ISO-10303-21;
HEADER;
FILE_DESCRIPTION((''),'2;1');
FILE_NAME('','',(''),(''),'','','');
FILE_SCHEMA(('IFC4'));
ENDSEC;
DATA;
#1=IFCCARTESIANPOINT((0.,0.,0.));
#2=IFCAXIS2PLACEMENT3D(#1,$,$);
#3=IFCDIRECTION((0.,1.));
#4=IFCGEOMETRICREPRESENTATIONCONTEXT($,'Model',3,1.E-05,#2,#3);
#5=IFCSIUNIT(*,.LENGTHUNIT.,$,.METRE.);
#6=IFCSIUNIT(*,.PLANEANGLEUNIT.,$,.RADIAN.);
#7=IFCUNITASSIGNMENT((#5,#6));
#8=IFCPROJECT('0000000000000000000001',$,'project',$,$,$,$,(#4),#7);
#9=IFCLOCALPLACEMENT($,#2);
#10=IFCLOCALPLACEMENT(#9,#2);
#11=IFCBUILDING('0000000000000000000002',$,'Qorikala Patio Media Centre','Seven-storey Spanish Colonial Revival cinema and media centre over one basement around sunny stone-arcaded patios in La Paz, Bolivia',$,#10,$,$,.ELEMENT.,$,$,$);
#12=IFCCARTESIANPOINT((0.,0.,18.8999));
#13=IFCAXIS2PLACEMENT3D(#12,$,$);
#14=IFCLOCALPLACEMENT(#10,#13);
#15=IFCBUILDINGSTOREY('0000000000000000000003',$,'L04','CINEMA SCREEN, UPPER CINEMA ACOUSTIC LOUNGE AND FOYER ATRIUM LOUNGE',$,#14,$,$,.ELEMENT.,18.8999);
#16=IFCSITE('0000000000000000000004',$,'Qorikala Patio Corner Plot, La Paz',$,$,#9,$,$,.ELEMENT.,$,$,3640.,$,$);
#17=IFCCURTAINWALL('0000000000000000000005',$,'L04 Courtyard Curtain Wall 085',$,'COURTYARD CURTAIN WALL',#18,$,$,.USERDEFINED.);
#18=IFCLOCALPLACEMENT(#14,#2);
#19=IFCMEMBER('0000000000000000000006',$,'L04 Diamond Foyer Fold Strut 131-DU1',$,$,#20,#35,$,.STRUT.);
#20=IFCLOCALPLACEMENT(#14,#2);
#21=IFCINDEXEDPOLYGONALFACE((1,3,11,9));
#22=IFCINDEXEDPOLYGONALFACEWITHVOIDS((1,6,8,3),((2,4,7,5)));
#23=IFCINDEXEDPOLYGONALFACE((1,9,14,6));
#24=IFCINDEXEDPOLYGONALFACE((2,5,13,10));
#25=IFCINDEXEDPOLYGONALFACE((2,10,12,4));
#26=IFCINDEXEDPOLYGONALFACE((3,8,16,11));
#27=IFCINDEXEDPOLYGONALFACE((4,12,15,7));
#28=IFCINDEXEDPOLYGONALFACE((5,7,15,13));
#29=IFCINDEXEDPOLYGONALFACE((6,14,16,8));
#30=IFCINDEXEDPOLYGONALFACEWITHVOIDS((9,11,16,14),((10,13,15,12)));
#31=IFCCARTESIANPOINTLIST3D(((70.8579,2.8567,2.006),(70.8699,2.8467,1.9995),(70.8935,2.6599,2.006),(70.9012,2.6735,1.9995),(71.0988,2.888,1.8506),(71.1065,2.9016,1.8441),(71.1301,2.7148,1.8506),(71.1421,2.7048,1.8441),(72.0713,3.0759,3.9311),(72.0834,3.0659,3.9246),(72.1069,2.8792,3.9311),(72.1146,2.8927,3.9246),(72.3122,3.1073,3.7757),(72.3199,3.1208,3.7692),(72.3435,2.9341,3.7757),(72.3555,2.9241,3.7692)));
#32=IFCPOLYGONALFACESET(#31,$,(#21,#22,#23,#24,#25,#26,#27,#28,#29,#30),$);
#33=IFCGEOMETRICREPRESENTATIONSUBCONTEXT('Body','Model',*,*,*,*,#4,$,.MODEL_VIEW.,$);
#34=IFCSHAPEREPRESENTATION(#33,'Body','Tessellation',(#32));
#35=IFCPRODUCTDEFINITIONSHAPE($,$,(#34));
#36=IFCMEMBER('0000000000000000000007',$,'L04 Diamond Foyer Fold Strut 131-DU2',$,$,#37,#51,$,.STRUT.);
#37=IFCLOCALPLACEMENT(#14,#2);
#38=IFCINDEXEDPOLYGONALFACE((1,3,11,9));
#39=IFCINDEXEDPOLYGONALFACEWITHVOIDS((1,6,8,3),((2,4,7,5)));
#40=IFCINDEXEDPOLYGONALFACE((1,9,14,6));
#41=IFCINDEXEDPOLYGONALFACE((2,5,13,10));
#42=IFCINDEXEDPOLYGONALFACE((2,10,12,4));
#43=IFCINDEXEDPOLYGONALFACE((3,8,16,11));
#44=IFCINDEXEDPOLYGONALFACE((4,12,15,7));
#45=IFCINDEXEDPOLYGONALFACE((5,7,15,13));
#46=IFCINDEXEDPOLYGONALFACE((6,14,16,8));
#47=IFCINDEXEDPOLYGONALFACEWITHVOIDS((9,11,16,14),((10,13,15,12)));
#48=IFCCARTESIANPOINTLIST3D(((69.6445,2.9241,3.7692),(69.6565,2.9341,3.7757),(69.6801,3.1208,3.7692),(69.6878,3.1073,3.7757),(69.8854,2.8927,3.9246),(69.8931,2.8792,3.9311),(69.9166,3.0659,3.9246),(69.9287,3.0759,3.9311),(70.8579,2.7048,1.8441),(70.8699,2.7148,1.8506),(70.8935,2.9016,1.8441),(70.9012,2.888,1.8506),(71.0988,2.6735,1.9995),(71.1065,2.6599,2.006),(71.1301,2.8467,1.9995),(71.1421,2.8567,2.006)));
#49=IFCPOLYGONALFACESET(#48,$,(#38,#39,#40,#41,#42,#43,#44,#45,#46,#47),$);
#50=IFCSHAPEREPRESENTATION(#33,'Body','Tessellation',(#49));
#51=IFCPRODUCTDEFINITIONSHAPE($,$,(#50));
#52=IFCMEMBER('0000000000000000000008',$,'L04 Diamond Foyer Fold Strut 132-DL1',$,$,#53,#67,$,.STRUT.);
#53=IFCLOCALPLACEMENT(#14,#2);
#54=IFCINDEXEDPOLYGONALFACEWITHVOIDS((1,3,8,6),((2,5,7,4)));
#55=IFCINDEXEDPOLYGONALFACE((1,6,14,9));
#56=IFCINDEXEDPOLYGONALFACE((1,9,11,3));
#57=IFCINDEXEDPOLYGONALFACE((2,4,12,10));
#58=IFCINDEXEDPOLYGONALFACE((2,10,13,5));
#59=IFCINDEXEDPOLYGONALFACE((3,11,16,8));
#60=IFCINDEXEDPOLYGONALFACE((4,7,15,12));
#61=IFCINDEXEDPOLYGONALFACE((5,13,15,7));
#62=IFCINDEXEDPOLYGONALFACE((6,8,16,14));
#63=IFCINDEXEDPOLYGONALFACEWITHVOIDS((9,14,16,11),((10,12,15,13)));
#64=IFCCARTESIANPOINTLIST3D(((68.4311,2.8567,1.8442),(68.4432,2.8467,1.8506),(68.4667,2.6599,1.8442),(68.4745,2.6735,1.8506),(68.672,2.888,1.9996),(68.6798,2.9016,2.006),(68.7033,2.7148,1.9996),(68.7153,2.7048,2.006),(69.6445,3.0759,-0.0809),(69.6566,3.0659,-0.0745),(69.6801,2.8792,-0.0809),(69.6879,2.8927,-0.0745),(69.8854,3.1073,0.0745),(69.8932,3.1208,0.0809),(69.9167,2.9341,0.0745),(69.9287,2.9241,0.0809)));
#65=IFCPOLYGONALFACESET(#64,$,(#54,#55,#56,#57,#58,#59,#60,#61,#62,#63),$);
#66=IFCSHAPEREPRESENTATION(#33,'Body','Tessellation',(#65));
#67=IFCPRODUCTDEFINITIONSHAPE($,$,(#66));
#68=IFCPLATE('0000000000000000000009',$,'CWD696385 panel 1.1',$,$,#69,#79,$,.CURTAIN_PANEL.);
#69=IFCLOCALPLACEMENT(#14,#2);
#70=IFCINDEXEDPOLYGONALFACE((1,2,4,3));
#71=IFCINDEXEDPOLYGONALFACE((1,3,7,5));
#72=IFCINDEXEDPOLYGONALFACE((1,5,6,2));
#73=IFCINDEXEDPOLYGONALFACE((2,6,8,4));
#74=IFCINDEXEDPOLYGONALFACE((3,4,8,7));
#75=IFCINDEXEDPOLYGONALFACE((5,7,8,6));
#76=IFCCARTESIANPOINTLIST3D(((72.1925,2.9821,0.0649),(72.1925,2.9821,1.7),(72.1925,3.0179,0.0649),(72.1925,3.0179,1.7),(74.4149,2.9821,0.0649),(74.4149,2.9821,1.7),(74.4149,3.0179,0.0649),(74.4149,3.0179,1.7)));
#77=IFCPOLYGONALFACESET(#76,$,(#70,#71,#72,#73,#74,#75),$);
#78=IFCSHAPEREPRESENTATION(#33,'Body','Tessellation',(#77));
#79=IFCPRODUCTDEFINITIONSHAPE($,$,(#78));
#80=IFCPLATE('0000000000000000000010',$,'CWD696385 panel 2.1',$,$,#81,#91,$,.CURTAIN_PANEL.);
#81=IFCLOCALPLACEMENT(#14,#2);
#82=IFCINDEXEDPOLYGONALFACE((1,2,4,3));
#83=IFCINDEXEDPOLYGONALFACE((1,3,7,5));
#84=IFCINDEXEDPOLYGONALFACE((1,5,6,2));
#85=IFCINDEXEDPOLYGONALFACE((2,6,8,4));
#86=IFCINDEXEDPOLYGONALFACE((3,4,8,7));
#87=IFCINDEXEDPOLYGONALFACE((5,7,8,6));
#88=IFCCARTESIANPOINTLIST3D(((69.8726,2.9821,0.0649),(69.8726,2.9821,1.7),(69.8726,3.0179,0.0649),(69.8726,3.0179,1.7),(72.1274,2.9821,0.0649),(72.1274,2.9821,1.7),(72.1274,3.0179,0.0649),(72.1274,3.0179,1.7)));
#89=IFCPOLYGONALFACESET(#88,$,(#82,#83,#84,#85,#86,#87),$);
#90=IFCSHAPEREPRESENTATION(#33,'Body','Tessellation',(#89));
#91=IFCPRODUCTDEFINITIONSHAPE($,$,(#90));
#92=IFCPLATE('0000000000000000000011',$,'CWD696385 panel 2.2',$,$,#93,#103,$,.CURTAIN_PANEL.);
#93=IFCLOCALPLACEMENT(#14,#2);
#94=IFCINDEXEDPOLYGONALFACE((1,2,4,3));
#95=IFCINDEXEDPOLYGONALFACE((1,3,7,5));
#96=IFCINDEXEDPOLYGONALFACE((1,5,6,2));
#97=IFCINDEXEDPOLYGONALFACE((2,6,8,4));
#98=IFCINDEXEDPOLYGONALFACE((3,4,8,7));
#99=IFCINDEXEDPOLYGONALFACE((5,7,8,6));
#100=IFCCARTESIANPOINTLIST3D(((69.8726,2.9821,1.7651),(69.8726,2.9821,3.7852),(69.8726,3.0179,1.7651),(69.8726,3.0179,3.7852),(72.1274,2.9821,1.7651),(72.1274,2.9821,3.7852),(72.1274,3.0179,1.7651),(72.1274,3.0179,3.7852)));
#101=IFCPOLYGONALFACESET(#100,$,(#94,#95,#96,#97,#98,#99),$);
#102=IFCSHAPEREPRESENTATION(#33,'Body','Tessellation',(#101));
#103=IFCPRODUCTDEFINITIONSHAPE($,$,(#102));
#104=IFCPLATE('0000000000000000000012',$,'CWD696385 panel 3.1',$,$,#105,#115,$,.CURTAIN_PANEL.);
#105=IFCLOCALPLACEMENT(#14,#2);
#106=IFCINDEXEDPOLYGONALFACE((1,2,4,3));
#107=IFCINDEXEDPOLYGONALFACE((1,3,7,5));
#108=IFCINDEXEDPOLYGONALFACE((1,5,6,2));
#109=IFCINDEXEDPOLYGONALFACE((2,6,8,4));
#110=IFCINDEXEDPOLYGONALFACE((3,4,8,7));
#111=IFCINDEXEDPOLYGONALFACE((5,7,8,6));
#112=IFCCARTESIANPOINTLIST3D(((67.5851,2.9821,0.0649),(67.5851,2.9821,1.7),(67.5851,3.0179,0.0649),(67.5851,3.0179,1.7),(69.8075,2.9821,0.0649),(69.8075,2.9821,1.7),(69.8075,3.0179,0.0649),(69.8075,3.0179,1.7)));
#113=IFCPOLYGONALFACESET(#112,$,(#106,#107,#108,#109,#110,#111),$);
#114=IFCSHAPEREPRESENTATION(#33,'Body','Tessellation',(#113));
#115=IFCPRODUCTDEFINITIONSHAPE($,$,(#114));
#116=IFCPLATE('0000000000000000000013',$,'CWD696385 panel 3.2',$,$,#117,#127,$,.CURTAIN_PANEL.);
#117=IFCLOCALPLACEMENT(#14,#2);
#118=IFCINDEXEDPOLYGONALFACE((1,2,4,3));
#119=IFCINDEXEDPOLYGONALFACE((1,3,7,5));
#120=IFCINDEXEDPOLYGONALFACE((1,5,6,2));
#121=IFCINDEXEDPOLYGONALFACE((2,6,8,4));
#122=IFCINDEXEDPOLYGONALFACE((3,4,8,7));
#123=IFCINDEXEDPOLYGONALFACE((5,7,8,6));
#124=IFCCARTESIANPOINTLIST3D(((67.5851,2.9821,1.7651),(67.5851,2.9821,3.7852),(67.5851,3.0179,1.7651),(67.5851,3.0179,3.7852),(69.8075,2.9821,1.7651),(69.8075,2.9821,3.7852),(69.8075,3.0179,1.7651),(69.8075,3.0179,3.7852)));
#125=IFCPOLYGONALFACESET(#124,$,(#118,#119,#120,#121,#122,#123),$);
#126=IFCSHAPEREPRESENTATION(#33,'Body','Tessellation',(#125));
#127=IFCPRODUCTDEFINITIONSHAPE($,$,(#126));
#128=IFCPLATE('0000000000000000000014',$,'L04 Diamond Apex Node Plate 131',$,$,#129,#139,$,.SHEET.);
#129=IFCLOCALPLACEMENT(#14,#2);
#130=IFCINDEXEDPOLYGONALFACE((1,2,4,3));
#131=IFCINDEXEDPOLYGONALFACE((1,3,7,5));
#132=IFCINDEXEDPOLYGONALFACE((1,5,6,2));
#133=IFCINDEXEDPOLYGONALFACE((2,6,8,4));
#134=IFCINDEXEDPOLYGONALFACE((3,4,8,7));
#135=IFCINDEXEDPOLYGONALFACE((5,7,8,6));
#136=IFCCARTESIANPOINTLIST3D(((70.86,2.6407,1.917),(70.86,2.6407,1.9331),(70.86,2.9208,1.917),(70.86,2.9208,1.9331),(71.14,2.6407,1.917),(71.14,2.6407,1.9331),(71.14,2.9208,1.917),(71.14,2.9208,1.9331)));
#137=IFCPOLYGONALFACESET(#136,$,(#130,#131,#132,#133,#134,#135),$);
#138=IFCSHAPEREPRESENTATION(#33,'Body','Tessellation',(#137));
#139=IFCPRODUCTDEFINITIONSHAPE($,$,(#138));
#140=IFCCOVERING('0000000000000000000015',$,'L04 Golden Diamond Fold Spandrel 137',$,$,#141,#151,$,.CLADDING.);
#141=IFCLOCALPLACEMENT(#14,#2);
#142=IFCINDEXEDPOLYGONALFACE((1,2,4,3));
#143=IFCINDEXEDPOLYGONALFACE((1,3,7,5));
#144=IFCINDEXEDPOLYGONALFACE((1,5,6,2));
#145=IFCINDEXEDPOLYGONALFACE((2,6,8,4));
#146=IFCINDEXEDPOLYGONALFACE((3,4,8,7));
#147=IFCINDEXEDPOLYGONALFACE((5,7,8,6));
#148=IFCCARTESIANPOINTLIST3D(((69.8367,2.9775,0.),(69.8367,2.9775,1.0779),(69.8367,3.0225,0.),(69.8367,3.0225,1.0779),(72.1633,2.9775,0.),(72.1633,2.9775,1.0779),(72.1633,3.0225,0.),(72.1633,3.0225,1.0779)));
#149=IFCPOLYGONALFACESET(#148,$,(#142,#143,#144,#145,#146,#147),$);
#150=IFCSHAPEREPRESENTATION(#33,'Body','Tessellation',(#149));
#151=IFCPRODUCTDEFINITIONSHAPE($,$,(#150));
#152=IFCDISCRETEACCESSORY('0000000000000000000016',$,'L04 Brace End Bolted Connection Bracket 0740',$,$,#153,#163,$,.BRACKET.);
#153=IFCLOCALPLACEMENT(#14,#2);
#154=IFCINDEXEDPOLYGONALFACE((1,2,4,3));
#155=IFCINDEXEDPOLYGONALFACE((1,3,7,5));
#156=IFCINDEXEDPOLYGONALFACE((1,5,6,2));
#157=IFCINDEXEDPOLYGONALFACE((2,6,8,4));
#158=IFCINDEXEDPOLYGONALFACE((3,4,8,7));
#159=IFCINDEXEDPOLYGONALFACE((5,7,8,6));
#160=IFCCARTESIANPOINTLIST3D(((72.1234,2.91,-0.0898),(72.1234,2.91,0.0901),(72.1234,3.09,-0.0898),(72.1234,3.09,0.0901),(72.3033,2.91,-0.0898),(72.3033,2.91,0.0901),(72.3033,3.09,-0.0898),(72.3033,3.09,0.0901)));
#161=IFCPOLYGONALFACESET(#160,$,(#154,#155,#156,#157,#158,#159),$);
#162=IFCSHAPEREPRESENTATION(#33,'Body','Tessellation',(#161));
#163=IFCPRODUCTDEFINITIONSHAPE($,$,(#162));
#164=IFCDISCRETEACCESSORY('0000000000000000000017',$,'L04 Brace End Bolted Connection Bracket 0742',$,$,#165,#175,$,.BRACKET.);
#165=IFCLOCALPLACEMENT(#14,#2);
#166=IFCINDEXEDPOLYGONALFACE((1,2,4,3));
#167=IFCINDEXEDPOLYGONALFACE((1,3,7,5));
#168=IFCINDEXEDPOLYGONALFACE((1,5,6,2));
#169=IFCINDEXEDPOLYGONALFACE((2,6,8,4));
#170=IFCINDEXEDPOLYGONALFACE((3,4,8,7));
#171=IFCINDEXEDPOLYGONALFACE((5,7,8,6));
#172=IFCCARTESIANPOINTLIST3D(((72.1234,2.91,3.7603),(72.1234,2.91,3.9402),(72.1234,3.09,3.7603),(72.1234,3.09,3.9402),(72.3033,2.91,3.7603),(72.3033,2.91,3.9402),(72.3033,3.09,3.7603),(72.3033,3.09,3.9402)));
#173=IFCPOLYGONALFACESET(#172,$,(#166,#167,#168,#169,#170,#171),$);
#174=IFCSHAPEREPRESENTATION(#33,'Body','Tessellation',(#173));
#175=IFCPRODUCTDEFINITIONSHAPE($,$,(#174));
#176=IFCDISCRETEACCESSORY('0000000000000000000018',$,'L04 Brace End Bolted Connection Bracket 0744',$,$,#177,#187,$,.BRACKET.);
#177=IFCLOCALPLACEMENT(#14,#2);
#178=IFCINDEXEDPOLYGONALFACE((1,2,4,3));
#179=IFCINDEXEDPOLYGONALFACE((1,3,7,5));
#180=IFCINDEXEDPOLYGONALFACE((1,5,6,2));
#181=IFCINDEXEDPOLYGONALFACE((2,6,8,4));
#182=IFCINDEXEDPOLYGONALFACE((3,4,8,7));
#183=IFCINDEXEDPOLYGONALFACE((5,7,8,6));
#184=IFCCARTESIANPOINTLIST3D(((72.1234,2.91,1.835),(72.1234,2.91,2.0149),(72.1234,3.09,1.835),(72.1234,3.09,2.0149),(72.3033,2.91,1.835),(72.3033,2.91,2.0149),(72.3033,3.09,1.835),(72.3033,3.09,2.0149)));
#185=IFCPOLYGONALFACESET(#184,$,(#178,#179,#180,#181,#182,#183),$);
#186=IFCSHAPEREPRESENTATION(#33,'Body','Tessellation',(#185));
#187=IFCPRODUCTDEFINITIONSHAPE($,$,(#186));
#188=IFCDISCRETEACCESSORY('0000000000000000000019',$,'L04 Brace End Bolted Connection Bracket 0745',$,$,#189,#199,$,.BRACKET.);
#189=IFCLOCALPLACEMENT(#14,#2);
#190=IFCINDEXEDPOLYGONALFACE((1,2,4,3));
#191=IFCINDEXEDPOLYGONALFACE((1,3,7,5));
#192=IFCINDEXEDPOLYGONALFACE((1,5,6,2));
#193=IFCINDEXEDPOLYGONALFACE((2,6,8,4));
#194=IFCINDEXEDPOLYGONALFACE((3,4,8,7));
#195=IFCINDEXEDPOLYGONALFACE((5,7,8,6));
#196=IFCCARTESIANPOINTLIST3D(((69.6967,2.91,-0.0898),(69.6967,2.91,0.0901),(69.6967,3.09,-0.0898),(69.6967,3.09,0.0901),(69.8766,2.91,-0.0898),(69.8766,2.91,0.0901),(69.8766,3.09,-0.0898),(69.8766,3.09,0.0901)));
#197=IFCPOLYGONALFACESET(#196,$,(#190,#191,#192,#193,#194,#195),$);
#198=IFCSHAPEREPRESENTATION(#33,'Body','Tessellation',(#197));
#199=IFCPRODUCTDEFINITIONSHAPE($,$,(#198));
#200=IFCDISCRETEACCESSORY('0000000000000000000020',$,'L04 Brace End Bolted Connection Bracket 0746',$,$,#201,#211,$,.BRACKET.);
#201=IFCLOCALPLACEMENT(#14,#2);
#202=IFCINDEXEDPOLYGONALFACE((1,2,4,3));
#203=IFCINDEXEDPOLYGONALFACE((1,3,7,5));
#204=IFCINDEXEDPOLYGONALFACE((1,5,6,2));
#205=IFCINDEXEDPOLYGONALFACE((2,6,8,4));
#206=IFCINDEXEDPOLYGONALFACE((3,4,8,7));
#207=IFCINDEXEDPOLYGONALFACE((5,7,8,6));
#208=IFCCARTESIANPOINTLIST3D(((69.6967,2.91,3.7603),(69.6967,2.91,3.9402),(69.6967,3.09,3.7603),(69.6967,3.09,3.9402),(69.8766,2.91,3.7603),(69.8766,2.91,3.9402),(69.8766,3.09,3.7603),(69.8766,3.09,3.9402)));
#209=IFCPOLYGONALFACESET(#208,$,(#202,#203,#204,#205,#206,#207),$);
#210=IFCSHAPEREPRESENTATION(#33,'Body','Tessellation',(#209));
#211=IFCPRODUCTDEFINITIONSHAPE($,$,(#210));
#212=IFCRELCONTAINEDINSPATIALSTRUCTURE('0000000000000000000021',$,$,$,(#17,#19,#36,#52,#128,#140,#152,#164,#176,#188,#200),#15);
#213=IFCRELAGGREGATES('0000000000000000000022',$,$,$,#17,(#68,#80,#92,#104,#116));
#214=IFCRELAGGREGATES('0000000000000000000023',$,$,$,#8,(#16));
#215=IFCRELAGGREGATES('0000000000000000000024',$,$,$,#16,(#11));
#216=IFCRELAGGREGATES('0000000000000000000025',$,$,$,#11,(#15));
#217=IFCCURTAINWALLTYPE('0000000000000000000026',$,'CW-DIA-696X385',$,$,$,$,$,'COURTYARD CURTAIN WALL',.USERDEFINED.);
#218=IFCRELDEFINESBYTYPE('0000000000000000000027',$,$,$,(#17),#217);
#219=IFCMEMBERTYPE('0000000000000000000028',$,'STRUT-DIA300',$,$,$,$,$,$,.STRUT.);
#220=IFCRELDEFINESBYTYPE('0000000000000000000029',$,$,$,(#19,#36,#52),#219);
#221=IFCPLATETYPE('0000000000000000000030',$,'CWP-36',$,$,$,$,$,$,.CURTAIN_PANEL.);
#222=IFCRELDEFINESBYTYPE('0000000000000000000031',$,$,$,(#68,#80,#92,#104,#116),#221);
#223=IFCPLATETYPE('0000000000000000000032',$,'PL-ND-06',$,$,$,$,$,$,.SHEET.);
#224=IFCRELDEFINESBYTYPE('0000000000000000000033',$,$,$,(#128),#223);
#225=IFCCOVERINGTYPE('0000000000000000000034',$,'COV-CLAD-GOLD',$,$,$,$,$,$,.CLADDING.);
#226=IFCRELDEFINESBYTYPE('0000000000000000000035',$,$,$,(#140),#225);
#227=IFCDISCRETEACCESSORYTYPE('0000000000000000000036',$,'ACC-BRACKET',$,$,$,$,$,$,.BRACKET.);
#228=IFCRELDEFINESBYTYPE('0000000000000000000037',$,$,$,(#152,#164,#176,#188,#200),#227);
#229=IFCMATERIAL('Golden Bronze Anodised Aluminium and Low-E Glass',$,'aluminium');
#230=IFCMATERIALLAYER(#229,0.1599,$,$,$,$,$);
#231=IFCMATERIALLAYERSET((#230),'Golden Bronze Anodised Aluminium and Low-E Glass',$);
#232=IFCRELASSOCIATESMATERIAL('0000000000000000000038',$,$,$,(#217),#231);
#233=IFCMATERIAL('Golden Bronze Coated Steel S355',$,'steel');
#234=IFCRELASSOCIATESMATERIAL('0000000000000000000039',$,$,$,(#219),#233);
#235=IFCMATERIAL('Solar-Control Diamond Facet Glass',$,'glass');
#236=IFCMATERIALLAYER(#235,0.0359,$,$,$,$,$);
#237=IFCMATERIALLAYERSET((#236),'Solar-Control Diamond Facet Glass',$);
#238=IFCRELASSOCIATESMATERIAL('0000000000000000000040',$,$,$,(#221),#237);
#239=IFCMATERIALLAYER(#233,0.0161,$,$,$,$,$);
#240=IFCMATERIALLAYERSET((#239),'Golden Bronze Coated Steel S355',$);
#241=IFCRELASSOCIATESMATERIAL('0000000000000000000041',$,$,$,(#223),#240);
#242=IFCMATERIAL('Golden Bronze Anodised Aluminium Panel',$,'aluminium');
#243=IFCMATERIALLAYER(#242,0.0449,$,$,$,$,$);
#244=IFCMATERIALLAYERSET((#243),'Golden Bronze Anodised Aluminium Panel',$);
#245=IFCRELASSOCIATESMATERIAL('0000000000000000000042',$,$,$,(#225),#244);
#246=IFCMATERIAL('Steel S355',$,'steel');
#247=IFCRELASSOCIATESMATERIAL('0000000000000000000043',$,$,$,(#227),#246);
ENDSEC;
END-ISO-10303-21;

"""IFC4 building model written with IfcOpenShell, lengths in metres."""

from ifc_helpers import new_model, si_unit, direction, frame, origin, origin_2d, place, context, subcontext, project, spatial, rectangle, hollow_rectangle, extrude, material, layer, layer_set, material_profile, profile_set, type_object, element, aggregate, save


model = new_model("IFC4")

# Units and contexts
model_context = context("Model", 3, precision=1e-05, world=origin(), true_north=direction((0.0, 1.0)))
body_context = subcontext(model_context, "Body", "Model", "MODEL_VIEW")
ifc_project = project(units=[si_unit("LENGTHUNIT", "METRE"), si_unit("PLANEANGLEUNIT", "RADIAN")], contexts=[model_context])

# Site, building, storey
site_placement = place(None, origin())
site = spatial("IfcSite", under=ifc_project, at=site_placement, Name="Qorikala Patio Corner Plot, La Paz", CompositionType="ELEMENT", RefElevation=3640.0)
building_placement = place(site_placement, origin())
building = spatial("IfcBuilding", under=site, at=building_placement, Name="Qorikala Patio Media Centre", Description="Seven-storey Spanish Colonial Revival cinema and media centre over one basement around sunny stone-arcaded patios in La Paz, Bolivia", CompositionType="ELEMENT")
storey_placement = place(building_placement, frame((0.0, 0.0, 18.8999)))
storey = spatial("IfcBuildingStorey", under=building, at=storey_placement, Name="L04", Description="CINEMA SCREEN, UPPER CINEMA ACOUSTIC LOUNGE AND FOYER ATRIUM LOUNGE", CompositionType="ELEMENT", Elevation=18.8999)

# Shared definitions
ifc_material_1 = material(Name="Golden Bronze Coated Steel S355", Category="steel")

# Curtain wall
ifc_material_2 = material(Name="Golden Bronze Anodised Aluminium and Low-E Glass", Category="aluminium")
ifc_layer_1 = layer(ifc_material_2, 0.1599)
ifc_layer_set_1 = layer_set([ifc_layer_1], Name="Golden Bronze Anodised Aluminium and Low-E Glass")
curtain_wall_type = type_object("IfcCurtainWallType", Name="CW-DIA-696X385", ElementType="COURTYARD CURTAIN WALL", PredefinedType="USERDEFINED", material=ifc_layer_set_1)
curtain_wall_placement = place(storey_placement, origin())
curtain_wall = element("IfcCurtainWall", 1, at=curtain_wall_placement, inside=storey, type_object=curtain_wall_type, Name="L04 Courtyard Curtain Wall 085", ObjectType="COURTYARD CURTAIN WALL", PredefinedType="USERDEFINED")

# Members
ifc_material_profile_1 = material_profile(ifc_material_1, hollow_rectangle(XDim=0.2, YDim=0.3, WallThickness=0.012, at=origin_2d()), Name="HSS300X200X12")
ifc_profile_set_1 = profile_set([ifc_material_profile_1], Name="Golden Bronze Coated Steel S355")
member_type_1 = type_object("IfcMemberType", Name="STRUT-DIA300", PredefinedType="STRUT", material=ifc_profile_set_1)
for number, where, z_axis, x_axis, name in (
    (2, (71.0, 2.7808, 1.925), (0.530768, 0.095901, 0.842074), (-0.177805, 0.984066, 0.0), "L04 Diamond Foyer Fold Strut 131-DU1"),
    (3, (71.0, 2.7808, 1.925), (-0.530768, 0.095901, 0.842074), (-0.177805, -0.984066, 0.0), "L04 Diamond Foyer Fold Strut 131-DU2"),
    (4, (69.7866, 3.0, 0.0), (-0.530768, -0.095901, 0.842074), (0.177805, -0.984066, 0.0), "L04 Diamond Foyer Fold Strut 132-DL1"),
):
    element("IfcMember", number, at=place(storey_placement, frame(where, z_axis=z_axis, x_axis=x_axis)), inside=storey, type_object=member_type_1, Name=name, PredefinedType="STRUT", context=body_context, shape_type="SweptSolid", body=[
        extrude(hollow_rectangle(XDim=0.2, YDim=0.3, WallThickness=0.012, at=origin_2d()), origin(), (0.0, 0.0, 1.0), 2.2861),
    ])

# Plates
ifc_material_3 = material(Name="Solar-Control Diamond Facet Glass", Category="glass")
ifc_layer_2 = layer(ifc_material_3, 0.0359)
ifc_layer_set_2 = layer_set([ifc_layer_2], Name="Solar-Control Diamond Facet Glass")
plate_type_1 = type_object("IfcPlateType", Name="CWP-36", PredefinedType="CURTAIN_PANEL", material=ifc_layer_set_2)
plate_1_placement = place(storey_placement, frame((73.3037, 3.0, 0.0649), z_axis=(0.0, 0.0, 1.0), x_axis=(-1.0, 0.0, 0.0)))
plate_1 = element("IfcPlate", 5, at=plate_1_placement, type_object=plate_type_1, Name="CWD696385 panel 1.1", PredefinedType="CURTAIN_PANEL", context=body_context, shape_type="SweptSolid", body=[
    extrude(rectangle(XDim=2.2224, YDim=0.0359, at=origin_2d()), origin(), (0.0, 0.0, 1.0), 1.635),
])
plate_2_placement = place(storey_placement, frame((71.0, 3.0, 0.0649), z_axis=(0.0, 0.0, 1.0), x_axis=(-1.0, 0.0, 0.0)))
plate_2 = element("IfcPlate", 6, at=plate_2_placement, type_object=plate_type_1, Name="CWD696385 panel 2.1", PredefinedType="CURTAIN_PANEL", context=body_context, shape_type="SweptSolid", body=[
    extrude(rectangle(XDim=2.2549, YDim=0.0359, at=origin_2d()), origin(), (0.0, 0.0, 1.0), 1.635),
])
plate_3_placement = place(storey_placement, frame((71.0, 3.0, 1.7651), z_axis=(0.0, 0.0, 1.0), x_axis=(-1.0, 0.0, 0.0)))
plate_3 = element("IfcPlate", 7, at=plate_3_placement, type_object=plate_type_1, Name="CWD696385 panel 2.2", PredefinedType="CURTAIN_PANEL", context=body_context, shape_type="SweptSolid", body=[
    extrude(rectangle(XDim=2.2549, YDim=0.0359, at=origin_2d()), origin(), (0.0, 0.0, 1.0), 2.02),
])
plate_4_placement = place(storey_placement, frame((68.6963, 3.0, 0.0649), z_axis=(0.0, 0.0, 1.0), x_axis=(-1.0, 0.0, 0.0)))
plate_4 = element("IfcPlate", 8, at=plate_4_placement, type_object=plate_type_1, Name="CWD696385 panel 3.1", PredefinedType="CURTAIN_PANEL", context=body_context, shape_type="SweptSolid", body=[
    extrude(rectangle(XDim=2.2224, YDim=0.0359, at=origin_2d()), origin(), (0.0, 0.0, 1.0), 1.635),
])
plate_5_placement = place(storey_placement, frame((68.6963, 3.0, 1.7651), z_axis=(0.0, 0.0, 1.0), x_axis=(-1.0, 0.0, 0.0)))
plate_5 = element("IfcPlate", 9, at=plate_5_placement, type_object=plate_type_1, Name="CWD696385 panel 3.2", PredefinedType="CURTAIN_PANEL", context=body_context, shape_type="SweptSolid", body=[
    extrude(rectangle(XDim=2.2224, YDim=0.0359, at=origin_2d()), origin(), (0.0, 0.0, 1.0), 2.02),
])
aggregate(curtain_wall, [plate_1, plate_2, plate_3, plate_4, plate_5])
ifc_layer_3 = layer(ifc_material_1, 0.0161)
ifc_layer_set_3 = layer_set([ifc_layer_3], Name="Golden Bronze Coated Steel S355")
plate_type_2 = type_object("IfcPlateType", Name="PL-ND-06", PredefinedType="SHEET", material=ifc_layer_set_3)
plate_6_placement = place(storey_placement, frame((71.0, 2.7808, 1.917), z_axis=(0.0, 0.0, 1.0), x_axis=(-1.0, 0.0, 0.0)))
element("IfcPlate", 10, at=plate_6_placement, inside=storey, type_object=plate_type_2, Name="L04 Diamond Apex Node Plate 131", PredefinedType="SHEET", context=body_context, shape_type="SweptSolid", body=[
    extrude(rectangle(XDim=0.28, YDim=0.28, at=origin_2d()), origin(), (0.0, 0.0, 1.0), 0.0161),
])

# Covering
ifc_material_4 = material(Name="Golden Bronze Anodised Aluminium Panel", Category="aluminium")
ifc_layer_4 = layer(ifc_material_4, 0.0449)
ifc_layer_set_4 = layer_set([ifc_layer_4], Name="Golden Bronze Anodised Aluminium Panel")
covering_type = type_object("IfcCoveringType", Name="COV-CLAD-GOLD", PredefinedType="CLADDING", material=ifc_layer_set_4)
covering_placement = place(storey_placement, frame((71.0, 3.0, 0.0), z_axis=(0.0, 0.0, 1.0), x_axis=(-1.0, 0.0, 0.0)))
element("IfcCovering", 11, at=covering_placement, inside=storey, type_object=covering_type, Name="L04 Golden Diamond Fold Spandrel 137", PredefinedType="CLADDING", context=body_context, shape_type="SweptSolid", body=[
    extrude(rectangle(XDim=2.3267, YDim=0.0449, at=origin_2d()), origin(), (0.0, 0.0, 1.0), 1.0779),
])

# Discrete accessories
ifc_material_5 = material(Name="Steel S355", Category="steel")
discrete_accessory_type = type_object("IfcDiscreteAccessoryType", Name="ACC-BRACKET", PredefinedType="BRACKET", material=ifc_material_5)
for number, where, z_axis, x_axis, name in (
    (12, (72.2134, 3.0, -0.0898), (0.0, 0.0, 1.0), (1.0, 0.0, 0.0), "L04 Brace End Bolted Connection Bracket 0740"),
    (13, (72.2134, 3.0, 3.7603), (0.0, 0.0, 1.0), (1.0, 0.0, 0.0), "L04 Brace End Bolted Connection Bracket 0742"),
    (14, (72.2134, 3.0, 1.835), (0.0, 0.0, 1.0), (1.0, 0.0, 0.0), "L04 Brace End Bolted Connection Bracket 0744"),
    (15, (69.7866, 3.0, -0.0898), (0.0, 0.0, 1.0), (1.0, 0.0, 0.0), "L04 Brace End Bolted Connection Bracket 0745"),
    (16, (69.7866, 3.0, 3.7603), (0.0, 0.0, 1.0), (1.0, 0.0, 0.0), "L04 Brace End Bolted Connection Bracket 0746"),
):
    element("IfcDiscreteAccessory", number, at=place(storey_placement, frame(where, z_axis=z_axis, x_axis=x_axis)), inside=storey, type_object=discrete_accessory_type, Name=name, PredefinedType="BRACKET", context=body_context, shape_type="SweptSolid", body=[
        extrude(rectangle(XDim=0.1799, YDim=0.1799, at=origin_2d()), origin(), (0.0, 0.0, 1.0), 0.1799),
    ])

save(model, "model.ifc")
